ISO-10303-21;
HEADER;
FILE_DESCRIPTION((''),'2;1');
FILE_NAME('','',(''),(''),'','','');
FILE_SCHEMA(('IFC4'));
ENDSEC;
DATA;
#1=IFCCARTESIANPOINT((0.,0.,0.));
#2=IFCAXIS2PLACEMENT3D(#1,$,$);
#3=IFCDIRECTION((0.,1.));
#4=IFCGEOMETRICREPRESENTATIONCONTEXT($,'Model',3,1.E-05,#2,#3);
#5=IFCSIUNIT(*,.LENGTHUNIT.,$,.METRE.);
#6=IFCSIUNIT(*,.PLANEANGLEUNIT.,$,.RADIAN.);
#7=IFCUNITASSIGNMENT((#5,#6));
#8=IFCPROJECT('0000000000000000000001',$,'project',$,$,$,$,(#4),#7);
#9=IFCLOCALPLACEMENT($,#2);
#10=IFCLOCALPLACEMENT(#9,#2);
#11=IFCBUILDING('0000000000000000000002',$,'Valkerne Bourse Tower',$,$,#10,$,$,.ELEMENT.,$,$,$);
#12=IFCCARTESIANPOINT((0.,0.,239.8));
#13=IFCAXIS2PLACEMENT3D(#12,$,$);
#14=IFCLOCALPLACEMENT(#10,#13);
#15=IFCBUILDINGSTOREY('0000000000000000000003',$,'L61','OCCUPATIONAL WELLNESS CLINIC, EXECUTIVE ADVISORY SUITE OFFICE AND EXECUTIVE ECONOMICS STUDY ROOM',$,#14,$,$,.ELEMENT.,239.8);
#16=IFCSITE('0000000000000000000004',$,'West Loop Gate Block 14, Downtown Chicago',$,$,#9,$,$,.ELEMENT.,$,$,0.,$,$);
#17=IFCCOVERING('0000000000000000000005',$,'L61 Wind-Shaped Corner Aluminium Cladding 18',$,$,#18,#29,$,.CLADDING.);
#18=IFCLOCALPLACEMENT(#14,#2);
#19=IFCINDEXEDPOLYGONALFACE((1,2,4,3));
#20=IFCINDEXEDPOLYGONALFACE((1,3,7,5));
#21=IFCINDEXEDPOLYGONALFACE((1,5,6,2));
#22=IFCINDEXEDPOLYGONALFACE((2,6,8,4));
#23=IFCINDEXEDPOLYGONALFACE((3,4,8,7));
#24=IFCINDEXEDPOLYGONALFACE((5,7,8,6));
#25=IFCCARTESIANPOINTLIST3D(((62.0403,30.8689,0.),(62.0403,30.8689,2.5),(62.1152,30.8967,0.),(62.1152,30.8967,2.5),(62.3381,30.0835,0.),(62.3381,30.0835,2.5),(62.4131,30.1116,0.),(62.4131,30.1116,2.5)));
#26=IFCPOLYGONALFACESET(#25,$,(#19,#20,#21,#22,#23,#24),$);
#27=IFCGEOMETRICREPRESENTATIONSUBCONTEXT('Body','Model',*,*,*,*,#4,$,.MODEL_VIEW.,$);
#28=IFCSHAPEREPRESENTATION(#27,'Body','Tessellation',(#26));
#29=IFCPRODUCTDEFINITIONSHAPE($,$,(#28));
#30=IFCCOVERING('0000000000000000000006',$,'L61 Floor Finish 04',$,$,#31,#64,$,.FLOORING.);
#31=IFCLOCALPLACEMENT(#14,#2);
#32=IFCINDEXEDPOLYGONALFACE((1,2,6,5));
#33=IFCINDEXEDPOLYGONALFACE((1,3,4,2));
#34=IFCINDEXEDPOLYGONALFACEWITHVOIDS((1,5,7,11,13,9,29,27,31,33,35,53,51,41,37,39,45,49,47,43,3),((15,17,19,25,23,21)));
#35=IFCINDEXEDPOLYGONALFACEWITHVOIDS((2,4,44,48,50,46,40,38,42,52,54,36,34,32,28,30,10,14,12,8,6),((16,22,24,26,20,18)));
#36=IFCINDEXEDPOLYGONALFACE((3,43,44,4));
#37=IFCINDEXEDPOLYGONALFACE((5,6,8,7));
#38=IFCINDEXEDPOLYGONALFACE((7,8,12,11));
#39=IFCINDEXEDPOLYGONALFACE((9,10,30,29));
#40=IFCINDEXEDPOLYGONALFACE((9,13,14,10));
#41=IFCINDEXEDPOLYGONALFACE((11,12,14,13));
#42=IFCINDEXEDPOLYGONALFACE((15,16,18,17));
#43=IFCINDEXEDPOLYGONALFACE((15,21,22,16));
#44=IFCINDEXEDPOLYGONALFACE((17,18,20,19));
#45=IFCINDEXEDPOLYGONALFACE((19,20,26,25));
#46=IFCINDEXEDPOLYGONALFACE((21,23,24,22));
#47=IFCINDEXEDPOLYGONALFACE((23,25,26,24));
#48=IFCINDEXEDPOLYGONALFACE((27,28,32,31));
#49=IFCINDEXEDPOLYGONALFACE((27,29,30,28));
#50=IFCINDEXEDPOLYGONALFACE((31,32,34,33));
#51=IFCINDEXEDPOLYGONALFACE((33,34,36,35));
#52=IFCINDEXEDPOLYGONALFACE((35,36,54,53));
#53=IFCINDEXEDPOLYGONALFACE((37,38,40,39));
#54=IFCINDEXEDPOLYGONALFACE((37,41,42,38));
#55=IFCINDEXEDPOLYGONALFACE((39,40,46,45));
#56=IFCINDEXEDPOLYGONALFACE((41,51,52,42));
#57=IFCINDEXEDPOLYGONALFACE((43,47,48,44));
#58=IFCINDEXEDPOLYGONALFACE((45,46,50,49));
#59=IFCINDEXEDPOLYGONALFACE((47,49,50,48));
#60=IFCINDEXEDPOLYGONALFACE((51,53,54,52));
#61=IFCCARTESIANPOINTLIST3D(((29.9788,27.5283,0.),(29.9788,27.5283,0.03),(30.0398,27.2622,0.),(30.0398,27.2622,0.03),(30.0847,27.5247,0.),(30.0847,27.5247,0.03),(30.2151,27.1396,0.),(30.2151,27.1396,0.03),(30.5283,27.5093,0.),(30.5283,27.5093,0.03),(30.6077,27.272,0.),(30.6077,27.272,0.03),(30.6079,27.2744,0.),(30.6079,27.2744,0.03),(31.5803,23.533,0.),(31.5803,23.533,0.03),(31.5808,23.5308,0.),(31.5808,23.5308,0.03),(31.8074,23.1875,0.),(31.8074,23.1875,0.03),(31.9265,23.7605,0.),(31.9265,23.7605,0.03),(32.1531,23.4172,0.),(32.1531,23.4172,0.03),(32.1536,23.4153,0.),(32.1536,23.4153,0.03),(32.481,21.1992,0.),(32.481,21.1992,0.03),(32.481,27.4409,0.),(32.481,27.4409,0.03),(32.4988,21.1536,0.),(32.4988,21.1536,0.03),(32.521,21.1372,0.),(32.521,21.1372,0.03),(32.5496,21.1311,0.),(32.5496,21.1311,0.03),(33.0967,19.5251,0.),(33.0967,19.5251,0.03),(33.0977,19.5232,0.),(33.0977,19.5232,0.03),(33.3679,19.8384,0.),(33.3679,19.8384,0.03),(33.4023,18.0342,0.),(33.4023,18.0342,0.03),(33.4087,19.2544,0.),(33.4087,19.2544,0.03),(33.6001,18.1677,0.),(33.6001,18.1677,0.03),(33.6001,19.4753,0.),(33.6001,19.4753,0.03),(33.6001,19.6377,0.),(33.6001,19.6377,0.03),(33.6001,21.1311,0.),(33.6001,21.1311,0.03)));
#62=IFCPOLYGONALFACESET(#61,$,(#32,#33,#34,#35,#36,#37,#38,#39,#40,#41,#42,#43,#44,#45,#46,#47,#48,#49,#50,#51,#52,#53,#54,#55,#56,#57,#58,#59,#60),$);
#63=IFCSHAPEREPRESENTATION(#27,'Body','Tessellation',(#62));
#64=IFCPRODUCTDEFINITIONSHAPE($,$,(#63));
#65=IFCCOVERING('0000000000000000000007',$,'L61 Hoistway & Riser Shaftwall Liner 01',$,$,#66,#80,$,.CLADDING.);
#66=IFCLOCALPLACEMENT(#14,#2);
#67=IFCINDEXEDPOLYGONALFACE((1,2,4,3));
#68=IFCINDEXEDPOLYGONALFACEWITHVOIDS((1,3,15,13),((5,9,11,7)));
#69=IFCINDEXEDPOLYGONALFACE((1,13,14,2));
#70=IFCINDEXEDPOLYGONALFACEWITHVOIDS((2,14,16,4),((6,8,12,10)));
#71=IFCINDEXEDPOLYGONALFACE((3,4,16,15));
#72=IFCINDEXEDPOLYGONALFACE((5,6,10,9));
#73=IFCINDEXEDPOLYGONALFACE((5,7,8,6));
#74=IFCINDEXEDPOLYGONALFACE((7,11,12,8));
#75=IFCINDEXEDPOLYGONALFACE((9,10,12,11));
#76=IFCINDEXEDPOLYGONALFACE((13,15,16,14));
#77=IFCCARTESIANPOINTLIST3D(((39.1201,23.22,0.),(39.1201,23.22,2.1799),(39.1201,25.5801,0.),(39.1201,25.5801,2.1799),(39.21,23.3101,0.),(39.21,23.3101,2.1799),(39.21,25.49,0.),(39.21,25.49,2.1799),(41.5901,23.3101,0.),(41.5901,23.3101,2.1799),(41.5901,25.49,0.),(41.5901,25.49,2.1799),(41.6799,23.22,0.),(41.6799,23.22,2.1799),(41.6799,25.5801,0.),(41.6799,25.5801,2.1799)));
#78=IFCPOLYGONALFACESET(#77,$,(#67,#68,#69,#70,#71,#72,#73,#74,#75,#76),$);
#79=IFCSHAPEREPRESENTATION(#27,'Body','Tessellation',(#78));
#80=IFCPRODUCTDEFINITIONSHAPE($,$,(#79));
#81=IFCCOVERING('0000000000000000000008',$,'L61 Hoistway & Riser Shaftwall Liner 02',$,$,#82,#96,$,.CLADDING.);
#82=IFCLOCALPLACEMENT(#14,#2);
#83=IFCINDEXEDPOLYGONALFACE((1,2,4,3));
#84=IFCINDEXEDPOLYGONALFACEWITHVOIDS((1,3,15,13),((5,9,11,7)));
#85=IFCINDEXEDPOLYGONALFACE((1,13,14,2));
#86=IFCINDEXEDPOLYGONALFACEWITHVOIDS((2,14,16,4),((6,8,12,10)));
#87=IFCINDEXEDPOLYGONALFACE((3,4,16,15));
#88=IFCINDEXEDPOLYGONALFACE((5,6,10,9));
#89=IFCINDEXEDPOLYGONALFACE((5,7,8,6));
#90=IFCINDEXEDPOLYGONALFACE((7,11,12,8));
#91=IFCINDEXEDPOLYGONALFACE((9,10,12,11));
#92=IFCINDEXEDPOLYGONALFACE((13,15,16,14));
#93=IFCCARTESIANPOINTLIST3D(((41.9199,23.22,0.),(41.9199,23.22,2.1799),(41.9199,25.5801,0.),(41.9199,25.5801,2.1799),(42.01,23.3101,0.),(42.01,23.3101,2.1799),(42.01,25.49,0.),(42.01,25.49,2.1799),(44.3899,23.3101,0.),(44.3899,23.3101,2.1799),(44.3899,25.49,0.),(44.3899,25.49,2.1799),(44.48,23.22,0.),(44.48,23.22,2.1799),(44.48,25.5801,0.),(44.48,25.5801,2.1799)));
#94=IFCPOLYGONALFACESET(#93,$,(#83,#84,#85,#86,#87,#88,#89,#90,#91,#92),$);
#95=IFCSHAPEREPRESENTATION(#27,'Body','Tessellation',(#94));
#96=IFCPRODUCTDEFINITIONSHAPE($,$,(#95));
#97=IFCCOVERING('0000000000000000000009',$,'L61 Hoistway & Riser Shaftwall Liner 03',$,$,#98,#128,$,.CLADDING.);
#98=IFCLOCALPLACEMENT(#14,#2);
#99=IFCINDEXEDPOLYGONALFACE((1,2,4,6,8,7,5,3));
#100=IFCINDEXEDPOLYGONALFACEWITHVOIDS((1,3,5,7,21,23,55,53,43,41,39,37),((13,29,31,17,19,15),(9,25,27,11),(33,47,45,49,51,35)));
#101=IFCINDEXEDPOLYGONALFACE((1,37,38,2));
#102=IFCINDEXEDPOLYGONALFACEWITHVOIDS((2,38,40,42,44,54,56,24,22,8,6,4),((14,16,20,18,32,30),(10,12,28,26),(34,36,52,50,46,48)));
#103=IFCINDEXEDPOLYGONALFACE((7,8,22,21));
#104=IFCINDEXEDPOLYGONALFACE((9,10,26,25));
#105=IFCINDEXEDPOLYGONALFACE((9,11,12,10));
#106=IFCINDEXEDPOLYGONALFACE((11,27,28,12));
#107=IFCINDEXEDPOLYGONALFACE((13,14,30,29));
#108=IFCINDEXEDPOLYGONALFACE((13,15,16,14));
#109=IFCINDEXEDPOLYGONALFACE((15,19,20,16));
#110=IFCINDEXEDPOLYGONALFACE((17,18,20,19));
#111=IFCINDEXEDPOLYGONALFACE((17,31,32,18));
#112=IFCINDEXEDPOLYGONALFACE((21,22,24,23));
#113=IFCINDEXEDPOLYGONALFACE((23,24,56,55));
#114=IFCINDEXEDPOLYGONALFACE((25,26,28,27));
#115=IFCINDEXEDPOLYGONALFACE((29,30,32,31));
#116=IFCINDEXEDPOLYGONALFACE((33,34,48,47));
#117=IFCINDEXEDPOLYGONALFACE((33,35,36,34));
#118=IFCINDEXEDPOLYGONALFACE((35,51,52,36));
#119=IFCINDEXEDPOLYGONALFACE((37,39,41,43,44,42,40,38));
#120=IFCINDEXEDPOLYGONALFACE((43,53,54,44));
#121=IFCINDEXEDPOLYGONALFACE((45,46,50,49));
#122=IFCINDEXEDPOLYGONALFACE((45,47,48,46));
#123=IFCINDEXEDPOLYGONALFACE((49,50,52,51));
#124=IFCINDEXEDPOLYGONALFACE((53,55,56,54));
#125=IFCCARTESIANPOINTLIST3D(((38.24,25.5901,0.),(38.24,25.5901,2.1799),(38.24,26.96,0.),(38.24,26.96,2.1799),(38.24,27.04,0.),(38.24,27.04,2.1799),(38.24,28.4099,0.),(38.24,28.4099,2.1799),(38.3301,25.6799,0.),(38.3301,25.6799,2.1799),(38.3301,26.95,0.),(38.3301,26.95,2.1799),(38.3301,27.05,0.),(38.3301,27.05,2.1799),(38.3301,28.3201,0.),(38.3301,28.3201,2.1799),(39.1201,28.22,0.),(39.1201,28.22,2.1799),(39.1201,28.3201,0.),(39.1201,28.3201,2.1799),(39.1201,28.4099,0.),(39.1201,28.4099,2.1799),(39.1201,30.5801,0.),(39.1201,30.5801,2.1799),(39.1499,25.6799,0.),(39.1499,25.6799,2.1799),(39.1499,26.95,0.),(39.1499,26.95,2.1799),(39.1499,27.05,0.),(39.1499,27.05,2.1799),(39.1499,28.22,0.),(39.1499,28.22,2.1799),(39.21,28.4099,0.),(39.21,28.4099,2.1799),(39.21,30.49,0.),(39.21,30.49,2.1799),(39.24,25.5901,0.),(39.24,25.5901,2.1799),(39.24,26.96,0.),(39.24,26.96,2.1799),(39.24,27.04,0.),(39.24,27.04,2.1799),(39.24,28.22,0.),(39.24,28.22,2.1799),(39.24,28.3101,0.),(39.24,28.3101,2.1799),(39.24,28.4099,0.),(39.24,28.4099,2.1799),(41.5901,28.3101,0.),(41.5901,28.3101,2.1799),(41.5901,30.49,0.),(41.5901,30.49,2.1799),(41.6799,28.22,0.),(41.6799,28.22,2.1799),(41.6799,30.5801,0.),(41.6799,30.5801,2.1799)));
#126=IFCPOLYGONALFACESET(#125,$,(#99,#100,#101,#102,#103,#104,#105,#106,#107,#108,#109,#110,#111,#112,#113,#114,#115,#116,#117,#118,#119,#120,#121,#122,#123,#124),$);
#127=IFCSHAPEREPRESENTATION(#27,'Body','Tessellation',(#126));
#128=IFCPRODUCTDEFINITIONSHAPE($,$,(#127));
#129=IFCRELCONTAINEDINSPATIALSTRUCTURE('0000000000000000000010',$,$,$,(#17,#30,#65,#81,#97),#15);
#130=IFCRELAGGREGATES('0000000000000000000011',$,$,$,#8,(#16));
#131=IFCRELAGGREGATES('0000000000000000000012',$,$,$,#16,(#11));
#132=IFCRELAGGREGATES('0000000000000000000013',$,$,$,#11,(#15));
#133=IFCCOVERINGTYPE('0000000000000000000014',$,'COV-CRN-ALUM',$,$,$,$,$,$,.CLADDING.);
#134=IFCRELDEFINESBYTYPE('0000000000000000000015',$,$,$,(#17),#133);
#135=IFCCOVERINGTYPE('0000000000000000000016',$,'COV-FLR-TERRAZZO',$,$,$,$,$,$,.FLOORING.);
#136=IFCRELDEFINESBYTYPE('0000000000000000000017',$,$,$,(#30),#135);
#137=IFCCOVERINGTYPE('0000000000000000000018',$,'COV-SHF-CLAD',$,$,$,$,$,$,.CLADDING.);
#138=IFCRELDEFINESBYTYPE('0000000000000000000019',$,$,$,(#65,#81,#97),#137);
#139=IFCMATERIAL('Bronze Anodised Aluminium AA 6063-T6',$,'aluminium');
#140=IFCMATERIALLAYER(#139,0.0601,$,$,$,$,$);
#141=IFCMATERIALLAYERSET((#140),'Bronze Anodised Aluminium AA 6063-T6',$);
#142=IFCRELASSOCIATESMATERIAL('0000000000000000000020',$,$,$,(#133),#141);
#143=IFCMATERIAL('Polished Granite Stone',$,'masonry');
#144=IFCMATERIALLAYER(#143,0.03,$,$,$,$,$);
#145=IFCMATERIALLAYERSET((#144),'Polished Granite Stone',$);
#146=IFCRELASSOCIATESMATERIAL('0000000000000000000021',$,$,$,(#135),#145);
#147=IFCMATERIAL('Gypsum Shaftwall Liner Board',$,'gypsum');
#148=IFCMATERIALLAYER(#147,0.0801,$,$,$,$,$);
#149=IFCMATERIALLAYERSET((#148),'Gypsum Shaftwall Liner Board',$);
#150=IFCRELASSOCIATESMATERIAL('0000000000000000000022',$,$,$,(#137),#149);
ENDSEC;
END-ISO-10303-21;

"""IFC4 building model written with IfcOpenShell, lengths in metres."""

from ifc_helpers import new_model, si_unit, direction, frame, origin, place, context, subcontext, project, spatial, polyline, outline, extrude, material, layer, layer_set, type_object, element, save


model = new_model("IFC4")

# Units and contexts
model_context = context("Model", 3, precision=1e-05, world=origin(), true_north=direction((0.0, 1.0)))
body_context = subcontext(model_context, "Body", "Model", "MODEL_VIEW")
ifc_project = project(units=[si_unit("LENGTHUNIT", "METRE"), si_unit("PLANEANGLEUNIT", "RADIAN")], contexts=[model_context])

# Site, building, storey
site_placement = place(None, origin())
site = spatial("IfcSite", under=ifc_project, at=site_placement, Name="West Loop Gate Block 14, Downtown Chicago", CompositionType="ELEMENT", RefElevation=0.0)
building_placement = place(site_placement, origin())
building = spatial("IfcBuilding", under=site, at=building_placement, Name="Valkerne Bourse Tower", CompositionType="ELEMENT")
storey_placement = place(building_placement, frame((0.0, 0.0, 239.8)))
storey = spatial("IfcBuildingStorey", under=building, at=storey_placement, Name="L61", Description="OCCUPATIONAL WELLNESS CLINIC, EXECUTIVE ADVISORY SUITE OFFICE AND EXECUTIVE ECONOMICS STUDY ROOM", CompositionType="ELEMENT", Elevation=239.8)

# Coverings
ifc_material_1 = material(Name="Bronze Anodised Aluminium AA 6063-T6", Category="aluminium")
ifc_layer_1 = layer(ifc_material_1, 0.0601)
ifc_layer_set_1 = layer_set([ifc_layer_1], Name="Bronze Anodised Aluminium AA 6063-T6")
covering_type_1 = type_object("IfcCoveringType", Name="COV-CRN-ALUM", PredefinedType="CLADDING", material=ifc_layer_set_1)
covering_1_placement = place(storey_placement, origin())
element("IfcCovering", 1, at=covering_1_placement, inside=storey, type_object=covering_type_1, Name="L61 Wind-Shaped Corner Aluminium Cladding 18", PredefinedType="CLADDING", context=body_context, shape_type="SweptSolid", body=[
    extrude(outline(polyline([(62.4131, 30.1116), (62.3381, 30.0835), (62.0403, 30.8689), (62.1152, 30.8967), (62.4131, 30.1116)])), origin(), (0.0, 0.0, 1.0), 2.5),
])
ifc_material_2 = material(Name="Polished Granite Stone", Category="masonry")
ifc_layer_2 = layer(ifc_material_2, 0.03)
ifc_layer_set_2 = layer_set([ifc_layer_2], Name="Polished Granite Stone")
covering_type_2 = type_object("IfcCoveringType", Name="COV-FLR-TERRAZZO", PredefinedType="FLOORING", material=ifc_layer_set_2)
covering_2_placement = place(storey_placement, origin())
element("IfcCovering", 2, at=covering_2_placement, inside=storey, type_object=covering_type_2, Name="L61 Floor Finish 04", PredefinedType="FLOORING", context=body_context, shape_type="SweptSolid", body=[
    extrude(outline(polyline([(30.0847, 27.5247), (30.2151, 27.1396), (30.6077, 27.272), (30.6079, 27.2744), (30.5283, 27.5093), (32.481, 27.4409), (32.481, 21.1992), (32.4988, 21.1536), (32.521, 21.1372), (32.5496, 21.1311), (33.6001, 21.1311), (33.6001, 19.6377), (33.3679, 19.8384), (33.0967, 19.5251), (33.0977, 19.5232), (33.4087, 19.2544), (33.6001, 19.4753), (33.6001, 18.1677), (33.4023, 18.0342), (30.0398, 27.2622), (29.9788, 27.5283), (30.0847, 27.5247)]), holes=[polyline([(32.1531, 23.4172), (31.9265, 23.7605), (31.5803, 23.533), (31.5808, 23.5308), (31.8074, 23.1875), (32.1536, 23.4153), (32.1531, 23.4172)])]), origin(), (0.0, 0.0, 1.0), 0.03),
])
ifc_material_3 = material(Name="Gypsum Shaftwall Liner Board", Category="gypsum")
ifc_layer_3 = layer(ifc_material_3, 0.0801)
ifc_layer_set_3 = layer_set([ifc_layer_3], Name="Gypsum Shaftwall Liner Board")
covering_type_3 = type_object("IfcCoveringType", Name="COV-SHF-CLAD", PredefinedType="CLADDING", material=ifc_layer_set_3)
covering_3_placement = place(storey_placement, origin())
element("IfcCovering", 3, at=covering_3_placement, inside=storey, type_object=covering_type_3, Name="L61 Hoistway & Riser Shaftwall Liner 01", PredefinedType="CLADDING", context=body_context, shape_type="SweptSolid", body=[
    extrude(outline(polyline([(41.6799, 25.5801), (41.6799, 23.22), (39.1201, 23.22), (39.1201, 25.5801), (41.6799, 25.5801)]), holes=[polyline([(41.5901, 25.49), (39.21, 25.49), (39.21, 23.3101), (41.5901, 23.3101), (41.5901, 25.49)])]), origin(), (0.0, 0.0, 1.0), 2.1799),
])
covering_4_placement = place(storey_placement, origin())
element("IfcCovering", 4, at=covering_4_placement, inside=storey, type_object=covering_type_3, Name="L61 Hoistway & Riser Shaftwall Liner 02", PredefinedType="CLADDING", context=body_context, shape_type="SweptSolid", body=[
    extrude(outline(polyline([(44.48, 23.22), (41.9199, 23.22), (41.9199, 25.5801), (44.48, 25.5801), (44.48, 23.22)]), holes=[polyline([(42.01, 25.49), (42.01, 23.3101), (44.3899, 23.3101), (44.3899, 25.49), (42.01, 25.49)])]), origin(), (0.0, 0.0, 1.0), 2.1799),
])
covering_5_placement = place(storey_placement, origin())
element("IfcCovering", 5, at=covering_5_placement, inside=storey, type_object=covering_type_3, Name="L61 Hoistway & Riser Shaftwall Liner 03", PredefinedType="CLADDING", context=body_context, shape_type="SweptSolid", body=[
    extrude(outline(polyline([(38.24, 28.4099), (39.1201, 28.4099), (39.1201, 30.5801), (41.6799, 30.5801), (41.6799, 28.22), (39.24, 28.22), (39.24, 27.04), (39.24, 26.96), (39.24, 25.5901), (38.24, 25.5901), (38.24, 26.96), (38.24, 27.04), (38.24, 28.4099)]), holes=[polyline([(38.3301, 26.95), (38.3301, 25.6799), (39.1499, 25.6799), (39.1499, 26.95), (38.3301, 26.95)]), polyline([(39.21, 30.49), (39.21, 28.4099), (39.24, 28.4099), (39.24, 28.3101), (41.5901, 28.3101), (41.5901, 30.49), (39.21, 30.49)]), polyline([(38.3301, 27.05), (39.1499, 27.05), (39.1499, 28.22), (39.1201, 28.22), (39.1201, 28.3201), (38.3301, 28.3201), (38.3301, 27.05)])]), origin(), (0.0, 0.0, 1.0), 2.1799),
])

save(model, "model.ifc")
